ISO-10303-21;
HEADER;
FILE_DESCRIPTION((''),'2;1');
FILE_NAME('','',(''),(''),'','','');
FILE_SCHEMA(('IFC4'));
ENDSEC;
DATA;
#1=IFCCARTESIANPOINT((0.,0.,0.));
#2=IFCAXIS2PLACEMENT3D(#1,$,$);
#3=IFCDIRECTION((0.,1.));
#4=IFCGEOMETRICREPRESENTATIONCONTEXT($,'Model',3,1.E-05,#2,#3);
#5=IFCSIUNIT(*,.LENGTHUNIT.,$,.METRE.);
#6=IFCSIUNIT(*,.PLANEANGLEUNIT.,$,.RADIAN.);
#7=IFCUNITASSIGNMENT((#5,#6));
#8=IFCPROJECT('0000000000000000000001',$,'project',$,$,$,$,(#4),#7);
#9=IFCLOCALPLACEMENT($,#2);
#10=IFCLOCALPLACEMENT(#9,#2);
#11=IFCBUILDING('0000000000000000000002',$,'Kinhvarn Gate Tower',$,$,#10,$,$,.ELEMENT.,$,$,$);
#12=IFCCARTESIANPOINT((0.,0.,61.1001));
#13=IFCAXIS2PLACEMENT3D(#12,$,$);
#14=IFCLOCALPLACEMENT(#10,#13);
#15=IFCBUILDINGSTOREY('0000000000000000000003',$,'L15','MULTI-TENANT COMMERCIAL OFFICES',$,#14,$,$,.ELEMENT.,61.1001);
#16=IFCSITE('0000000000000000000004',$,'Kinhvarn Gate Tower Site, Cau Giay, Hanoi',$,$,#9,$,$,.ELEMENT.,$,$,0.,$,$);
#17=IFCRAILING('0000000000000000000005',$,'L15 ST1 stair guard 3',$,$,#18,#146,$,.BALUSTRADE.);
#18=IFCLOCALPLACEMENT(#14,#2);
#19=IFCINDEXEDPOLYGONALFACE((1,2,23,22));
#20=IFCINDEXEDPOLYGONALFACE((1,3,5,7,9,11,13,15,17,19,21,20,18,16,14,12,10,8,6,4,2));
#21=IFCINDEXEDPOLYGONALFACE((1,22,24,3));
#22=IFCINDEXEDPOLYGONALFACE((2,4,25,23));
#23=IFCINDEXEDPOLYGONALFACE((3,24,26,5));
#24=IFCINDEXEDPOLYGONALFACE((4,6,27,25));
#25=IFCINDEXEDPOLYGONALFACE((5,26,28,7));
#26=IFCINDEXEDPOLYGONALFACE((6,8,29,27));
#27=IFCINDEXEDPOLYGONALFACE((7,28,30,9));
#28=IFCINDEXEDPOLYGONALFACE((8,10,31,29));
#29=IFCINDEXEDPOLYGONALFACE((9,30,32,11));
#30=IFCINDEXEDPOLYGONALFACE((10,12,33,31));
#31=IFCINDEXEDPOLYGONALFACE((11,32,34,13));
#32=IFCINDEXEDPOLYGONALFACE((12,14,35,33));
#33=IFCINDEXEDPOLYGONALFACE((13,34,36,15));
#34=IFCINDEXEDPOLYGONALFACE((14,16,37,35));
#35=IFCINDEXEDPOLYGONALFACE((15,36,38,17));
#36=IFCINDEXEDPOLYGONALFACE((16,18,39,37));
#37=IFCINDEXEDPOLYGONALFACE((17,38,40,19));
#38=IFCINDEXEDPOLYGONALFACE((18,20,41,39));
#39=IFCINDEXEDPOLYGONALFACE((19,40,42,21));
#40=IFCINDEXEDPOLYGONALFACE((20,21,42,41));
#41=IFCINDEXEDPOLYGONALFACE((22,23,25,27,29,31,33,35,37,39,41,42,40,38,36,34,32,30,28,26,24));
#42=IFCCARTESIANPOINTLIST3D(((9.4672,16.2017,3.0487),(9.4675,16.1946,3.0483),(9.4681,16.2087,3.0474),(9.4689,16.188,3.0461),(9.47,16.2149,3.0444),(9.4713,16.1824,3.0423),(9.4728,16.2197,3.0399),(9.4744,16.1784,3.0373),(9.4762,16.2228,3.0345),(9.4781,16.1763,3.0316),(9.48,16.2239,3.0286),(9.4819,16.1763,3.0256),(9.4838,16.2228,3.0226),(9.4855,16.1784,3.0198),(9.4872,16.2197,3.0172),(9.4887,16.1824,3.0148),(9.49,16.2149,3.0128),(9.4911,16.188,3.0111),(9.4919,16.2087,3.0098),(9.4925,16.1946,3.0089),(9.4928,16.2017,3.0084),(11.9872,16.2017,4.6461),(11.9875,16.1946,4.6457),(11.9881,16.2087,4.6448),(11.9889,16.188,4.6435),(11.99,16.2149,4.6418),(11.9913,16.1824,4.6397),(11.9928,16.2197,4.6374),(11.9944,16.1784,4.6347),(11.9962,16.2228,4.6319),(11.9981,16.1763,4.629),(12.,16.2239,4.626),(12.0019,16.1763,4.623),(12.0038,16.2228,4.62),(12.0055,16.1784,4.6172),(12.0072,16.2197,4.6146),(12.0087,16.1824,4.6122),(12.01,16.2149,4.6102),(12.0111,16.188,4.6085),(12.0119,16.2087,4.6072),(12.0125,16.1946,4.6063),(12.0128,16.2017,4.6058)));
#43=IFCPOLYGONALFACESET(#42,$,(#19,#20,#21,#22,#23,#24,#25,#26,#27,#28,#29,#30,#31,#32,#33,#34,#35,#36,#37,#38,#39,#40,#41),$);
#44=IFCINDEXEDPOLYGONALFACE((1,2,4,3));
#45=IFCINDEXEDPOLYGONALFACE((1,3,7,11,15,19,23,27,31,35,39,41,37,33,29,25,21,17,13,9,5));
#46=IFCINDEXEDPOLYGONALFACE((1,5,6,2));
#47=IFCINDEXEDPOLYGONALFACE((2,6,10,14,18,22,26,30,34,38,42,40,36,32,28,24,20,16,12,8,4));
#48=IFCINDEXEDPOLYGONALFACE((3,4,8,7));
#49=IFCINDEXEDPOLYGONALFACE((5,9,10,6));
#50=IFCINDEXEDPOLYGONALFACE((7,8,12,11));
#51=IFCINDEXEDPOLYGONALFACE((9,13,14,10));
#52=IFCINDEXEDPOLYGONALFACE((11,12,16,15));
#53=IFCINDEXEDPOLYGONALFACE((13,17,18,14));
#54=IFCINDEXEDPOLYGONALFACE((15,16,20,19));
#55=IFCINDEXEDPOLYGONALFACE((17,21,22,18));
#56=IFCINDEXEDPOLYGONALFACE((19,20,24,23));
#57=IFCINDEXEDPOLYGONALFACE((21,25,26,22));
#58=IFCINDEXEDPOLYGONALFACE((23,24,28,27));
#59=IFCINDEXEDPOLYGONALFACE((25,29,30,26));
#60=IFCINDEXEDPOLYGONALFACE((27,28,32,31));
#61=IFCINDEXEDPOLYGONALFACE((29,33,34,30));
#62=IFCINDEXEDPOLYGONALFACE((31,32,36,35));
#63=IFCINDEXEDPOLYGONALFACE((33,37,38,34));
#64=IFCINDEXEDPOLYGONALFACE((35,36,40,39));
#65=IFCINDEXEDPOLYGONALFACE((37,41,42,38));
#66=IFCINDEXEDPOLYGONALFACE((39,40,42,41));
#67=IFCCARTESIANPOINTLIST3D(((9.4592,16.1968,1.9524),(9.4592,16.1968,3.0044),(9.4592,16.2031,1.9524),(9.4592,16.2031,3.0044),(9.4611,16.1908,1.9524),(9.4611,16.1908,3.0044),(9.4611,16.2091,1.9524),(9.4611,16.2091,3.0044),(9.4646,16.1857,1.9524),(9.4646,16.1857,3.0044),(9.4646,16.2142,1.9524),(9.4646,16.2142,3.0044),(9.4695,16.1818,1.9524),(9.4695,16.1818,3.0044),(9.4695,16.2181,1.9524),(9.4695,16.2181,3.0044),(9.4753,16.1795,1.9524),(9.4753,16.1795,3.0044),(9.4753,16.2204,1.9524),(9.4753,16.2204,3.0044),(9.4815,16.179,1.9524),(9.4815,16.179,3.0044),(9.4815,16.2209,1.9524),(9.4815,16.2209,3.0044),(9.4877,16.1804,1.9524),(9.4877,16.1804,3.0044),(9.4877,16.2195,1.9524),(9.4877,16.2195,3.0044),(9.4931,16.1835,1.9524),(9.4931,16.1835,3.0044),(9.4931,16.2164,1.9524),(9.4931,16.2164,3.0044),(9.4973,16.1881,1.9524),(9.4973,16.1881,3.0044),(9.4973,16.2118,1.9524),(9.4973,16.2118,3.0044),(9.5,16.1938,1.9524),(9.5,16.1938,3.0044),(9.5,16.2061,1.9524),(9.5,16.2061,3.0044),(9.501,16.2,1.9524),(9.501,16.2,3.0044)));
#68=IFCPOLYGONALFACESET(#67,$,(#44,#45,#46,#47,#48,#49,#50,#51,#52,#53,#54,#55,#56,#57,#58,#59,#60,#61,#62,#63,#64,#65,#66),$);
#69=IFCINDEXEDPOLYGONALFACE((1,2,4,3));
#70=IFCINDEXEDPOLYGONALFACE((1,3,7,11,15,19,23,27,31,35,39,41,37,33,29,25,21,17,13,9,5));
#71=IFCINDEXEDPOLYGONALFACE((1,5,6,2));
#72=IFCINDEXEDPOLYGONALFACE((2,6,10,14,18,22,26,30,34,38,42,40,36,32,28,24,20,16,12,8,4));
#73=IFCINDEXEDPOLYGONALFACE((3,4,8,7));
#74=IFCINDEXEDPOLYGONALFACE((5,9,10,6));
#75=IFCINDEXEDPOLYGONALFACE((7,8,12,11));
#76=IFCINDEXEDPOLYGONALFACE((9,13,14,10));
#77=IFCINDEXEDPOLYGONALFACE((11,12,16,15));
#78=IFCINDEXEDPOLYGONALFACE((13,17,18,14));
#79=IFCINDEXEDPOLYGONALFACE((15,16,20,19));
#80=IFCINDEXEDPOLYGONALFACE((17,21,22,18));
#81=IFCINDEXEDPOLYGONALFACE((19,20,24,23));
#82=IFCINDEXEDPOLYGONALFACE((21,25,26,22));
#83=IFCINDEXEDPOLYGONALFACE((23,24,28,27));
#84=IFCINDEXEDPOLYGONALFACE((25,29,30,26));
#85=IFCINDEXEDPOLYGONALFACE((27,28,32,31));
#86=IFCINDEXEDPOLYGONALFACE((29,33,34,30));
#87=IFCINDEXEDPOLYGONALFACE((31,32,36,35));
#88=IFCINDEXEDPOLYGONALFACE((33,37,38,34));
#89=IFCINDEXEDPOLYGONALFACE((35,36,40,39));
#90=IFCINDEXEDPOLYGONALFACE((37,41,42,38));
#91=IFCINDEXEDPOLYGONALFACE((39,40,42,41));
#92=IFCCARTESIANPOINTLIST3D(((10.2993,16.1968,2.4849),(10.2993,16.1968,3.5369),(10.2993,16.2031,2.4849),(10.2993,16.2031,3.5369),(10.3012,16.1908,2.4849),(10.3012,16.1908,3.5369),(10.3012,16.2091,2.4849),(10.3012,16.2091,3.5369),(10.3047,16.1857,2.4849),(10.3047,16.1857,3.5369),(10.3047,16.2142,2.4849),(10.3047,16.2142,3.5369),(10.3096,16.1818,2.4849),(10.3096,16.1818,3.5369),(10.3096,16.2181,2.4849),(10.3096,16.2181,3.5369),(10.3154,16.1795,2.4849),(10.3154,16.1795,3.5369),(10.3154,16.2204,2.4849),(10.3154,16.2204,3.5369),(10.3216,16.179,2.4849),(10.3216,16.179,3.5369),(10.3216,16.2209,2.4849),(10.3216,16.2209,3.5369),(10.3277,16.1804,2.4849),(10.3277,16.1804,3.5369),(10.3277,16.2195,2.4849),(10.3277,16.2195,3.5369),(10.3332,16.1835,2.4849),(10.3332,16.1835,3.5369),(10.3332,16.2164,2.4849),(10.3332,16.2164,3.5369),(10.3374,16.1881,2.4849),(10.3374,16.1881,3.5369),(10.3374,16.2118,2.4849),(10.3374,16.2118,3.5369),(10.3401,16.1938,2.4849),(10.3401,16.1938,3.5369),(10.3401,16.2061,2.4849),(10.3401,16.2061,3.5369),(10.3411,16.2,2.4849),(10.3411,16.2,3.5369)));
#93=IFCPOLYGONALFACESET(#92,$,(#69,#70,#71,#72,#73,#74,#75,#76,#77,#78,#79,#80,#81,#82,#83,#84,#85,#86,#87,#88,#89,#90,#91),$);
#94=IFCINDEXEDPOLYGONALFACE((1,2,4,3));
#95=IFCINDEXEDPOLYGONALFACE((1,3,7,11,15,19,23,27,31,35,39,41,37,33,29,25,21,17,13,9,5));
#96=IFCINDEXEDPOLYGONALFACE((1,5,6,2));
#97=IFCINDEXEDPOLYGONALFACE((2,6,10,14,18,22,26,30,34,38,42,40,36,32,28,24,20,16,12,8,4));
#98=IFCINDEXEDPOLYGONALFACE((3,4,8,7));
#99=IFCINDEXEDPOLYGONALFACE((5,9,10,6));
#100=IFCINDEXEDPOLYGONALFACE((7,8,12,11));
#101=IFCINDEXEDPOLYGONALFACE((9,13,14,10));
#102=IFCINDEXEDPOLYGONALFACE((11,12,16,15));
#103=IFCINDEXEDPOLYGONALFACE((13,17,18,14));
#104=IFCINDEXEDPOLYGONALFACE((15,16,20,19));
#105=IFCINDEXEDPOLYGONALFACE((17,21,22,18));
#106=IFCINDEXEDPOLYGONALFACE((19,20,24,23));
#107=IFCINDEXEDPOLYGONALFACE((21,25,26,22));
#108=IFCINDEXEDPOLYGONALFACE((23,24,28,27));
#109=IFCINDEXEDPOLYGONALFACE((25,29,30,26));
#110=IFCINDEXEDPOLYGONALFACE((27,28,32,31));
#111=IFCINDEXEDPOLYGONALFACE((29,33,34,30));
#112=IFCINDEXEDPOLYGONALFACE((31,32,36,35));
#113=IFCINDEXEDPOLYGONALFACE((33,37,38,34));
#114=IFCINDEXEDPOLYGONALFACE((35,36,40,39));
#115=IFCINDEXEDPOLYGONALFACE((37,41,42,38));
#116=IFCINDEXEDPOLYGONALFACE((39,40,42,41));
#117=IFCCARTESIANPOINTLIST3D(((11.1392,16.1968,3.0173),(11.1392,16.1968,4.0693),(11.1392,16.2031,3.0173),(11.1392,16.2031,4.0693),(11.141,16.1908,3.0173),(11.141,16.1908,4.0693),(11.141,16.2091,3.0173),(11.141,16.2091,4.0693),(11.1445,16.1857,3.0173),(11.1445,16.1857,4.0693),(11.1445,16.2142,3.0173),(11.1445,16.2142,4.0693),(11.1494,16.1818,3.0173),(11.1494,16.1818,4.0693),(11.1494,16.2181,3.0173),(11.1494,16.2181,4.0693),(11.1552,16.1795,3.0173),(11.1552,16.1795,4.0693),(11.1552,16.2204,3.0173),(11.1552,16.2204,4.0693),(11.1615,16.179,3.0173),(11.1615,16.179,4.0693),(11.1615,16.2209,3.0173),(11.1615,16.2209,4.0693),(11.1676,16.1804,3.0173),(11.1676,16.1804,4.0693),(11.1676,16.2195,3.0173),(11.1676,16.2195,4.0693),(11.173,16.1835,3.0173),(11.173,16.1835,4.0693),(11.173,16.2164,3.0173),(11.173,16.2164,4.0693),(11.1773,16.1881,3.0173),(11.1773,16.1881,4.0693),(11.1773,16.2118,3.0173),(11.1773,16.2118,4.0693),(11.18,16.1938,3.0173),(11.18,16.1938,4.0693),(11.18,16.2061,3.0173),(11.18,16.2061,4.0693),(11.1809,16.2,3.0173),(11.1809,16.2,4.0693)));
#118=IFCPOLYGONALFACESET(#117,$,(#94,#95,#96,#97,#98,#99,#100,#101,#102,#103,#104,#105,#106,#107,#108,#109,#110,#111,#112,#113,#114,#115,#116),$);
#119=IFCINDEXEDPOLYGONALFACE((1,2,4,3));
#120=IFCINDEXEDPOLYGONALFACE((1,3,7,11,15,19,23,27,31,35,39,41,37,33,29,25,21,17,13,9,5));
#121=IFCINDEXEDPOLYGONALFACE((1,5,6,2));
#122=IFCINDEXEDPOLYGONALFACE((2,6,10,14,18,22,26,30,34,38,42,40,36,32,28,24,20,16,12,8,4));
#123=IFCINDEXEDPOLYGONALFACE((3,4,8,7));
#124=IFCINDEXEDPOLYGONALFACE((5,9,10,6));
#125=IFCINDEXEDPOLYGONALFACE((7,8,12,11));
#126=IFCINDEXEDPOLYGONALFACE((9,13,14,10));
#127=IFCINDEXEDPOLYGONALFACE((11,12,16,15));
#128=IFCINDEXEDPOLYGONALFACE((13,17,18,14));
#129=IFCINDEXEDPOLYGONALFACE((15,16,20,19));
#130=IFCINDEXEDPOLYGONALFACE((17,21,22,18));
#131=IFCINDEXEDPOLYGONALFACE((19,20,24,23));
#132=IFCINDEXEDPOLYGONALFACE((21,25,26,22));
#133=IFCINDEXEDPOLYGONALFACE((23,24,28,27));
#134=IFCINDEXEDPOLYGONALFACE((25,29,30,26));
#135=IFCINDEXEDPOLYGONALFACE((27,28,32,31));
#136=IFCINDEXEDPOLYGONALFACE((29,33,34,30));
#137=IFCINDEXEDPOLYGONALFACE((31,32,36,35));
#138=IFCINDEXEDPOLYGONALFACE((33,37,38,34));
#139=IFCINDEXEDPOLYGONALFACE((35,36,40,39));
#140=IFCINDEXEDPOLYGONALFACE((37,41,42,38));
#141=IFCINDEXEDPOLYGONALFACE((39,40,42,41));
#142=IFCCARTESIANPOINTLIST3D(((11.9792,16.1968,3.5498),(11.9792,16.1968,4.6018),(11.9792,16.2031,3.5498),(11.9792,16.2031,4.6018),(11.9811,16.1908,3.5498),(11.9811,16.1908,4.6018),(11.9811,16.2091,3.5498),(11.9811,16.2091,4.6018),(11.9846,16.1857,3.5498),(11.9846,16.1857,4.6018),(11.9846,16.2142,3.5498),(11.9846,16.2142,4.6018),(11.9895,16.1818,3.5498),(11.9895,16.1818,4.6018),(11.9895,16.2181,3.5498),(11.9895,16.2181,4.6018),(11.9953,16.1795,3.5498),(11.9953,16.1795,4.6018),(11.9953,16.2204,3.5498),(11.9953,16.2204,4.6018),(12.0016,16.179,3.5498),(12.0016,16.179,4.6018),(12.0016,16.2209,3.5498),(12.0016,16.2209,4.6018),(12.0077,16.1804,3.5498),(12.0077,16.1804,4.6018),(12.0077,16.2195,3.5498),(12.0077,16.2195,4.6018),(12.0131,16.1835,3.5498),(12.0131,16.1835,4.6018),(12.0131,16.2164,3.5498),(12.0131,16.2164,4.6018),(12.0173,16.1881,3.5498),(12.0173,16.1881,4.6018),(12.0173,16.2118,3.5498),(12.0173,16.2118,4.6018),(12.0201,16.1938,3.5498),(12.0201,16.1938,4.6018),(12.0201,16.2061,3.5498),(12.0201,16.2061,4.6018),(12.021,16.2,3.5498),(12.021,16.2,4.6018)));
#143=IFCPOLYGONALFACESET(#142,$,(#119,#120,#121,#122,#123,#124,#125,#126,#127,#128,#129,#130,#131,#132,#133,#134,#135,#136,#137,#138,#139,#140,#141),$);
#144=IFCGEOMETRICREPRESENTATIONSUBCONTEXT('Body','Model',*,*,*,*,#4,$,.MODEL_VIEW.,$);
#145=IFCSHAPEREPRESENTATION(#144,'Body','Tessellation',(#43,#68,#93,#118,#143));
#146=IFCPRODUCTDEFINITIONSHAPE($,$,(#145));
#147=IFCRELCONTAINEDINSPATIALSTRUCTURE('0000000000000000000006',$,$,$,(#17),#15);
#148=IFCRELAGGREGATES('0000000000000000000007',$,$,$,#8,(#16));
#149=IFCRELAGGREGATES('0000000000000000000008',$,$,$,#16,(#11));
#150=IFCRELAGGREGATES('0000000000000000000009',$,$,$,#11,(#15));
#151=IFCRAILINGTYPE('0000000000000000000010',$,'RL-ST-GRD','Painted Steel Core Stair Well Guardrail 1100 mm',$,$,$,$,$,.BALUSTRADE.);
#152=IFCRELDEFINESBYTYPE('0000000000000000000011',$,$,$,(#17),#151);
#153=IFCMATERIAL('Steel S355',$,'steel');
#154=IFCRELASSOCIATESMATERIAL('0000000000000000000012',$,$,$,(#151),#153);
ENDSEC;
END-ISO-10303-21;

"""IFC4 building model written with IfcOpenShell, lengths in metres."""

from ifc_helpers import new_model, si_unit, direction, frame, origin, origin_2d, place, context, subcontext, project, spatial, circle, extrude, material, type_object, element, save


model = new_model("IFC4")

# Units and contexts
model_context = context("Model", 3, precision=1e-05, world=origin(), true_north=direction((0.0, 1.0)))
body_context = subcontext(model_context, "Body", "Model", "MODEL_VIEW")
ifc_project = project(units=[si_unit("LENGTHUNIT", "METRE"), si_unit("PLANEANGLEUNIT", "RADIAN")], contexts=[model_context])

# Site, building, storey
site_placement = place(None, origin())
site = spatial("IfcSite", under=ifc_project, at=site_placement, Name="Kinhvarn Gate Tower Site, Cau Giay, Hanoi", CompositionType="ELEMENT", RefElevation=0.0)
building_placement = place(site_placement, origin())
building = spatial("IfcBuilding", under=site, at=building_placement, Name="Kinhvarn Gate Tower", CompositionType="ELEMENT")
storey_placement = place(building_placement, frame((0.0, 0.0, 61.1001)))
storey = spatial("IfcBuildingStorey", under=building, at=storey_placement, Name="L15", Description="MULTI-TENANT COMMERCIAL OFFICES", CompositionType="ELEMENT", Elevation=61.1001)

# Railing
ifc_material_1 = material(Name="Steel S355", Category="steel")
railing_type_1 = type_object("IfcRailingType", Name="RL-ST-GRD", Description="Painted Steel Core Stair Well Guardrail 1100 mm", PredefinedType="BALUSTRADE", material=ifc_material_1)
railing_1_placement = place(storey_placement, frame((9.48, 16.2, 1.9524)))
element("IfcRailing", 1, at=railing_1_placement, inside=storey, type_object=railing_type_1, Name="L15 ST1 stair guard 3", PredefinedType="BALUSTRADE", context=body_context, shape_type="SweptSolid", body=[
    extrude(circle(Radius=0.0239, at=origin_2d()), frame((0.0, 0.0, 1.0762), z_axis=(0.844607, 0.0, 0.535387), x_axis=(0.0, 1.0, 0.0)), (0.0, 0.0, 1.0), 2.9836),
    extrude(circle(Radius=0.021, at=origin_2d()), origin(), (0.0, 0.0, 1.0), 1.052),
    extrude(circle(Radius=0.021, at=origin_2d()), frame((0.8401, 0.0, 0.5325)), (0.0, 0.0, 1.0), 1.052),
    extrude(circle(Radius=0.021, at=origin_2d()), frame((1.6799, 0.0, 1.0649)), (0.0, 0.0, 1.0), 1.052),
    extrude(circle(Radius=0.021, at=origin_2d()), frame((2.52, 0.0, 1.5974)), (0.0, 0.0, 1.0), 1.052),
])

save(model, "model.ifc")
